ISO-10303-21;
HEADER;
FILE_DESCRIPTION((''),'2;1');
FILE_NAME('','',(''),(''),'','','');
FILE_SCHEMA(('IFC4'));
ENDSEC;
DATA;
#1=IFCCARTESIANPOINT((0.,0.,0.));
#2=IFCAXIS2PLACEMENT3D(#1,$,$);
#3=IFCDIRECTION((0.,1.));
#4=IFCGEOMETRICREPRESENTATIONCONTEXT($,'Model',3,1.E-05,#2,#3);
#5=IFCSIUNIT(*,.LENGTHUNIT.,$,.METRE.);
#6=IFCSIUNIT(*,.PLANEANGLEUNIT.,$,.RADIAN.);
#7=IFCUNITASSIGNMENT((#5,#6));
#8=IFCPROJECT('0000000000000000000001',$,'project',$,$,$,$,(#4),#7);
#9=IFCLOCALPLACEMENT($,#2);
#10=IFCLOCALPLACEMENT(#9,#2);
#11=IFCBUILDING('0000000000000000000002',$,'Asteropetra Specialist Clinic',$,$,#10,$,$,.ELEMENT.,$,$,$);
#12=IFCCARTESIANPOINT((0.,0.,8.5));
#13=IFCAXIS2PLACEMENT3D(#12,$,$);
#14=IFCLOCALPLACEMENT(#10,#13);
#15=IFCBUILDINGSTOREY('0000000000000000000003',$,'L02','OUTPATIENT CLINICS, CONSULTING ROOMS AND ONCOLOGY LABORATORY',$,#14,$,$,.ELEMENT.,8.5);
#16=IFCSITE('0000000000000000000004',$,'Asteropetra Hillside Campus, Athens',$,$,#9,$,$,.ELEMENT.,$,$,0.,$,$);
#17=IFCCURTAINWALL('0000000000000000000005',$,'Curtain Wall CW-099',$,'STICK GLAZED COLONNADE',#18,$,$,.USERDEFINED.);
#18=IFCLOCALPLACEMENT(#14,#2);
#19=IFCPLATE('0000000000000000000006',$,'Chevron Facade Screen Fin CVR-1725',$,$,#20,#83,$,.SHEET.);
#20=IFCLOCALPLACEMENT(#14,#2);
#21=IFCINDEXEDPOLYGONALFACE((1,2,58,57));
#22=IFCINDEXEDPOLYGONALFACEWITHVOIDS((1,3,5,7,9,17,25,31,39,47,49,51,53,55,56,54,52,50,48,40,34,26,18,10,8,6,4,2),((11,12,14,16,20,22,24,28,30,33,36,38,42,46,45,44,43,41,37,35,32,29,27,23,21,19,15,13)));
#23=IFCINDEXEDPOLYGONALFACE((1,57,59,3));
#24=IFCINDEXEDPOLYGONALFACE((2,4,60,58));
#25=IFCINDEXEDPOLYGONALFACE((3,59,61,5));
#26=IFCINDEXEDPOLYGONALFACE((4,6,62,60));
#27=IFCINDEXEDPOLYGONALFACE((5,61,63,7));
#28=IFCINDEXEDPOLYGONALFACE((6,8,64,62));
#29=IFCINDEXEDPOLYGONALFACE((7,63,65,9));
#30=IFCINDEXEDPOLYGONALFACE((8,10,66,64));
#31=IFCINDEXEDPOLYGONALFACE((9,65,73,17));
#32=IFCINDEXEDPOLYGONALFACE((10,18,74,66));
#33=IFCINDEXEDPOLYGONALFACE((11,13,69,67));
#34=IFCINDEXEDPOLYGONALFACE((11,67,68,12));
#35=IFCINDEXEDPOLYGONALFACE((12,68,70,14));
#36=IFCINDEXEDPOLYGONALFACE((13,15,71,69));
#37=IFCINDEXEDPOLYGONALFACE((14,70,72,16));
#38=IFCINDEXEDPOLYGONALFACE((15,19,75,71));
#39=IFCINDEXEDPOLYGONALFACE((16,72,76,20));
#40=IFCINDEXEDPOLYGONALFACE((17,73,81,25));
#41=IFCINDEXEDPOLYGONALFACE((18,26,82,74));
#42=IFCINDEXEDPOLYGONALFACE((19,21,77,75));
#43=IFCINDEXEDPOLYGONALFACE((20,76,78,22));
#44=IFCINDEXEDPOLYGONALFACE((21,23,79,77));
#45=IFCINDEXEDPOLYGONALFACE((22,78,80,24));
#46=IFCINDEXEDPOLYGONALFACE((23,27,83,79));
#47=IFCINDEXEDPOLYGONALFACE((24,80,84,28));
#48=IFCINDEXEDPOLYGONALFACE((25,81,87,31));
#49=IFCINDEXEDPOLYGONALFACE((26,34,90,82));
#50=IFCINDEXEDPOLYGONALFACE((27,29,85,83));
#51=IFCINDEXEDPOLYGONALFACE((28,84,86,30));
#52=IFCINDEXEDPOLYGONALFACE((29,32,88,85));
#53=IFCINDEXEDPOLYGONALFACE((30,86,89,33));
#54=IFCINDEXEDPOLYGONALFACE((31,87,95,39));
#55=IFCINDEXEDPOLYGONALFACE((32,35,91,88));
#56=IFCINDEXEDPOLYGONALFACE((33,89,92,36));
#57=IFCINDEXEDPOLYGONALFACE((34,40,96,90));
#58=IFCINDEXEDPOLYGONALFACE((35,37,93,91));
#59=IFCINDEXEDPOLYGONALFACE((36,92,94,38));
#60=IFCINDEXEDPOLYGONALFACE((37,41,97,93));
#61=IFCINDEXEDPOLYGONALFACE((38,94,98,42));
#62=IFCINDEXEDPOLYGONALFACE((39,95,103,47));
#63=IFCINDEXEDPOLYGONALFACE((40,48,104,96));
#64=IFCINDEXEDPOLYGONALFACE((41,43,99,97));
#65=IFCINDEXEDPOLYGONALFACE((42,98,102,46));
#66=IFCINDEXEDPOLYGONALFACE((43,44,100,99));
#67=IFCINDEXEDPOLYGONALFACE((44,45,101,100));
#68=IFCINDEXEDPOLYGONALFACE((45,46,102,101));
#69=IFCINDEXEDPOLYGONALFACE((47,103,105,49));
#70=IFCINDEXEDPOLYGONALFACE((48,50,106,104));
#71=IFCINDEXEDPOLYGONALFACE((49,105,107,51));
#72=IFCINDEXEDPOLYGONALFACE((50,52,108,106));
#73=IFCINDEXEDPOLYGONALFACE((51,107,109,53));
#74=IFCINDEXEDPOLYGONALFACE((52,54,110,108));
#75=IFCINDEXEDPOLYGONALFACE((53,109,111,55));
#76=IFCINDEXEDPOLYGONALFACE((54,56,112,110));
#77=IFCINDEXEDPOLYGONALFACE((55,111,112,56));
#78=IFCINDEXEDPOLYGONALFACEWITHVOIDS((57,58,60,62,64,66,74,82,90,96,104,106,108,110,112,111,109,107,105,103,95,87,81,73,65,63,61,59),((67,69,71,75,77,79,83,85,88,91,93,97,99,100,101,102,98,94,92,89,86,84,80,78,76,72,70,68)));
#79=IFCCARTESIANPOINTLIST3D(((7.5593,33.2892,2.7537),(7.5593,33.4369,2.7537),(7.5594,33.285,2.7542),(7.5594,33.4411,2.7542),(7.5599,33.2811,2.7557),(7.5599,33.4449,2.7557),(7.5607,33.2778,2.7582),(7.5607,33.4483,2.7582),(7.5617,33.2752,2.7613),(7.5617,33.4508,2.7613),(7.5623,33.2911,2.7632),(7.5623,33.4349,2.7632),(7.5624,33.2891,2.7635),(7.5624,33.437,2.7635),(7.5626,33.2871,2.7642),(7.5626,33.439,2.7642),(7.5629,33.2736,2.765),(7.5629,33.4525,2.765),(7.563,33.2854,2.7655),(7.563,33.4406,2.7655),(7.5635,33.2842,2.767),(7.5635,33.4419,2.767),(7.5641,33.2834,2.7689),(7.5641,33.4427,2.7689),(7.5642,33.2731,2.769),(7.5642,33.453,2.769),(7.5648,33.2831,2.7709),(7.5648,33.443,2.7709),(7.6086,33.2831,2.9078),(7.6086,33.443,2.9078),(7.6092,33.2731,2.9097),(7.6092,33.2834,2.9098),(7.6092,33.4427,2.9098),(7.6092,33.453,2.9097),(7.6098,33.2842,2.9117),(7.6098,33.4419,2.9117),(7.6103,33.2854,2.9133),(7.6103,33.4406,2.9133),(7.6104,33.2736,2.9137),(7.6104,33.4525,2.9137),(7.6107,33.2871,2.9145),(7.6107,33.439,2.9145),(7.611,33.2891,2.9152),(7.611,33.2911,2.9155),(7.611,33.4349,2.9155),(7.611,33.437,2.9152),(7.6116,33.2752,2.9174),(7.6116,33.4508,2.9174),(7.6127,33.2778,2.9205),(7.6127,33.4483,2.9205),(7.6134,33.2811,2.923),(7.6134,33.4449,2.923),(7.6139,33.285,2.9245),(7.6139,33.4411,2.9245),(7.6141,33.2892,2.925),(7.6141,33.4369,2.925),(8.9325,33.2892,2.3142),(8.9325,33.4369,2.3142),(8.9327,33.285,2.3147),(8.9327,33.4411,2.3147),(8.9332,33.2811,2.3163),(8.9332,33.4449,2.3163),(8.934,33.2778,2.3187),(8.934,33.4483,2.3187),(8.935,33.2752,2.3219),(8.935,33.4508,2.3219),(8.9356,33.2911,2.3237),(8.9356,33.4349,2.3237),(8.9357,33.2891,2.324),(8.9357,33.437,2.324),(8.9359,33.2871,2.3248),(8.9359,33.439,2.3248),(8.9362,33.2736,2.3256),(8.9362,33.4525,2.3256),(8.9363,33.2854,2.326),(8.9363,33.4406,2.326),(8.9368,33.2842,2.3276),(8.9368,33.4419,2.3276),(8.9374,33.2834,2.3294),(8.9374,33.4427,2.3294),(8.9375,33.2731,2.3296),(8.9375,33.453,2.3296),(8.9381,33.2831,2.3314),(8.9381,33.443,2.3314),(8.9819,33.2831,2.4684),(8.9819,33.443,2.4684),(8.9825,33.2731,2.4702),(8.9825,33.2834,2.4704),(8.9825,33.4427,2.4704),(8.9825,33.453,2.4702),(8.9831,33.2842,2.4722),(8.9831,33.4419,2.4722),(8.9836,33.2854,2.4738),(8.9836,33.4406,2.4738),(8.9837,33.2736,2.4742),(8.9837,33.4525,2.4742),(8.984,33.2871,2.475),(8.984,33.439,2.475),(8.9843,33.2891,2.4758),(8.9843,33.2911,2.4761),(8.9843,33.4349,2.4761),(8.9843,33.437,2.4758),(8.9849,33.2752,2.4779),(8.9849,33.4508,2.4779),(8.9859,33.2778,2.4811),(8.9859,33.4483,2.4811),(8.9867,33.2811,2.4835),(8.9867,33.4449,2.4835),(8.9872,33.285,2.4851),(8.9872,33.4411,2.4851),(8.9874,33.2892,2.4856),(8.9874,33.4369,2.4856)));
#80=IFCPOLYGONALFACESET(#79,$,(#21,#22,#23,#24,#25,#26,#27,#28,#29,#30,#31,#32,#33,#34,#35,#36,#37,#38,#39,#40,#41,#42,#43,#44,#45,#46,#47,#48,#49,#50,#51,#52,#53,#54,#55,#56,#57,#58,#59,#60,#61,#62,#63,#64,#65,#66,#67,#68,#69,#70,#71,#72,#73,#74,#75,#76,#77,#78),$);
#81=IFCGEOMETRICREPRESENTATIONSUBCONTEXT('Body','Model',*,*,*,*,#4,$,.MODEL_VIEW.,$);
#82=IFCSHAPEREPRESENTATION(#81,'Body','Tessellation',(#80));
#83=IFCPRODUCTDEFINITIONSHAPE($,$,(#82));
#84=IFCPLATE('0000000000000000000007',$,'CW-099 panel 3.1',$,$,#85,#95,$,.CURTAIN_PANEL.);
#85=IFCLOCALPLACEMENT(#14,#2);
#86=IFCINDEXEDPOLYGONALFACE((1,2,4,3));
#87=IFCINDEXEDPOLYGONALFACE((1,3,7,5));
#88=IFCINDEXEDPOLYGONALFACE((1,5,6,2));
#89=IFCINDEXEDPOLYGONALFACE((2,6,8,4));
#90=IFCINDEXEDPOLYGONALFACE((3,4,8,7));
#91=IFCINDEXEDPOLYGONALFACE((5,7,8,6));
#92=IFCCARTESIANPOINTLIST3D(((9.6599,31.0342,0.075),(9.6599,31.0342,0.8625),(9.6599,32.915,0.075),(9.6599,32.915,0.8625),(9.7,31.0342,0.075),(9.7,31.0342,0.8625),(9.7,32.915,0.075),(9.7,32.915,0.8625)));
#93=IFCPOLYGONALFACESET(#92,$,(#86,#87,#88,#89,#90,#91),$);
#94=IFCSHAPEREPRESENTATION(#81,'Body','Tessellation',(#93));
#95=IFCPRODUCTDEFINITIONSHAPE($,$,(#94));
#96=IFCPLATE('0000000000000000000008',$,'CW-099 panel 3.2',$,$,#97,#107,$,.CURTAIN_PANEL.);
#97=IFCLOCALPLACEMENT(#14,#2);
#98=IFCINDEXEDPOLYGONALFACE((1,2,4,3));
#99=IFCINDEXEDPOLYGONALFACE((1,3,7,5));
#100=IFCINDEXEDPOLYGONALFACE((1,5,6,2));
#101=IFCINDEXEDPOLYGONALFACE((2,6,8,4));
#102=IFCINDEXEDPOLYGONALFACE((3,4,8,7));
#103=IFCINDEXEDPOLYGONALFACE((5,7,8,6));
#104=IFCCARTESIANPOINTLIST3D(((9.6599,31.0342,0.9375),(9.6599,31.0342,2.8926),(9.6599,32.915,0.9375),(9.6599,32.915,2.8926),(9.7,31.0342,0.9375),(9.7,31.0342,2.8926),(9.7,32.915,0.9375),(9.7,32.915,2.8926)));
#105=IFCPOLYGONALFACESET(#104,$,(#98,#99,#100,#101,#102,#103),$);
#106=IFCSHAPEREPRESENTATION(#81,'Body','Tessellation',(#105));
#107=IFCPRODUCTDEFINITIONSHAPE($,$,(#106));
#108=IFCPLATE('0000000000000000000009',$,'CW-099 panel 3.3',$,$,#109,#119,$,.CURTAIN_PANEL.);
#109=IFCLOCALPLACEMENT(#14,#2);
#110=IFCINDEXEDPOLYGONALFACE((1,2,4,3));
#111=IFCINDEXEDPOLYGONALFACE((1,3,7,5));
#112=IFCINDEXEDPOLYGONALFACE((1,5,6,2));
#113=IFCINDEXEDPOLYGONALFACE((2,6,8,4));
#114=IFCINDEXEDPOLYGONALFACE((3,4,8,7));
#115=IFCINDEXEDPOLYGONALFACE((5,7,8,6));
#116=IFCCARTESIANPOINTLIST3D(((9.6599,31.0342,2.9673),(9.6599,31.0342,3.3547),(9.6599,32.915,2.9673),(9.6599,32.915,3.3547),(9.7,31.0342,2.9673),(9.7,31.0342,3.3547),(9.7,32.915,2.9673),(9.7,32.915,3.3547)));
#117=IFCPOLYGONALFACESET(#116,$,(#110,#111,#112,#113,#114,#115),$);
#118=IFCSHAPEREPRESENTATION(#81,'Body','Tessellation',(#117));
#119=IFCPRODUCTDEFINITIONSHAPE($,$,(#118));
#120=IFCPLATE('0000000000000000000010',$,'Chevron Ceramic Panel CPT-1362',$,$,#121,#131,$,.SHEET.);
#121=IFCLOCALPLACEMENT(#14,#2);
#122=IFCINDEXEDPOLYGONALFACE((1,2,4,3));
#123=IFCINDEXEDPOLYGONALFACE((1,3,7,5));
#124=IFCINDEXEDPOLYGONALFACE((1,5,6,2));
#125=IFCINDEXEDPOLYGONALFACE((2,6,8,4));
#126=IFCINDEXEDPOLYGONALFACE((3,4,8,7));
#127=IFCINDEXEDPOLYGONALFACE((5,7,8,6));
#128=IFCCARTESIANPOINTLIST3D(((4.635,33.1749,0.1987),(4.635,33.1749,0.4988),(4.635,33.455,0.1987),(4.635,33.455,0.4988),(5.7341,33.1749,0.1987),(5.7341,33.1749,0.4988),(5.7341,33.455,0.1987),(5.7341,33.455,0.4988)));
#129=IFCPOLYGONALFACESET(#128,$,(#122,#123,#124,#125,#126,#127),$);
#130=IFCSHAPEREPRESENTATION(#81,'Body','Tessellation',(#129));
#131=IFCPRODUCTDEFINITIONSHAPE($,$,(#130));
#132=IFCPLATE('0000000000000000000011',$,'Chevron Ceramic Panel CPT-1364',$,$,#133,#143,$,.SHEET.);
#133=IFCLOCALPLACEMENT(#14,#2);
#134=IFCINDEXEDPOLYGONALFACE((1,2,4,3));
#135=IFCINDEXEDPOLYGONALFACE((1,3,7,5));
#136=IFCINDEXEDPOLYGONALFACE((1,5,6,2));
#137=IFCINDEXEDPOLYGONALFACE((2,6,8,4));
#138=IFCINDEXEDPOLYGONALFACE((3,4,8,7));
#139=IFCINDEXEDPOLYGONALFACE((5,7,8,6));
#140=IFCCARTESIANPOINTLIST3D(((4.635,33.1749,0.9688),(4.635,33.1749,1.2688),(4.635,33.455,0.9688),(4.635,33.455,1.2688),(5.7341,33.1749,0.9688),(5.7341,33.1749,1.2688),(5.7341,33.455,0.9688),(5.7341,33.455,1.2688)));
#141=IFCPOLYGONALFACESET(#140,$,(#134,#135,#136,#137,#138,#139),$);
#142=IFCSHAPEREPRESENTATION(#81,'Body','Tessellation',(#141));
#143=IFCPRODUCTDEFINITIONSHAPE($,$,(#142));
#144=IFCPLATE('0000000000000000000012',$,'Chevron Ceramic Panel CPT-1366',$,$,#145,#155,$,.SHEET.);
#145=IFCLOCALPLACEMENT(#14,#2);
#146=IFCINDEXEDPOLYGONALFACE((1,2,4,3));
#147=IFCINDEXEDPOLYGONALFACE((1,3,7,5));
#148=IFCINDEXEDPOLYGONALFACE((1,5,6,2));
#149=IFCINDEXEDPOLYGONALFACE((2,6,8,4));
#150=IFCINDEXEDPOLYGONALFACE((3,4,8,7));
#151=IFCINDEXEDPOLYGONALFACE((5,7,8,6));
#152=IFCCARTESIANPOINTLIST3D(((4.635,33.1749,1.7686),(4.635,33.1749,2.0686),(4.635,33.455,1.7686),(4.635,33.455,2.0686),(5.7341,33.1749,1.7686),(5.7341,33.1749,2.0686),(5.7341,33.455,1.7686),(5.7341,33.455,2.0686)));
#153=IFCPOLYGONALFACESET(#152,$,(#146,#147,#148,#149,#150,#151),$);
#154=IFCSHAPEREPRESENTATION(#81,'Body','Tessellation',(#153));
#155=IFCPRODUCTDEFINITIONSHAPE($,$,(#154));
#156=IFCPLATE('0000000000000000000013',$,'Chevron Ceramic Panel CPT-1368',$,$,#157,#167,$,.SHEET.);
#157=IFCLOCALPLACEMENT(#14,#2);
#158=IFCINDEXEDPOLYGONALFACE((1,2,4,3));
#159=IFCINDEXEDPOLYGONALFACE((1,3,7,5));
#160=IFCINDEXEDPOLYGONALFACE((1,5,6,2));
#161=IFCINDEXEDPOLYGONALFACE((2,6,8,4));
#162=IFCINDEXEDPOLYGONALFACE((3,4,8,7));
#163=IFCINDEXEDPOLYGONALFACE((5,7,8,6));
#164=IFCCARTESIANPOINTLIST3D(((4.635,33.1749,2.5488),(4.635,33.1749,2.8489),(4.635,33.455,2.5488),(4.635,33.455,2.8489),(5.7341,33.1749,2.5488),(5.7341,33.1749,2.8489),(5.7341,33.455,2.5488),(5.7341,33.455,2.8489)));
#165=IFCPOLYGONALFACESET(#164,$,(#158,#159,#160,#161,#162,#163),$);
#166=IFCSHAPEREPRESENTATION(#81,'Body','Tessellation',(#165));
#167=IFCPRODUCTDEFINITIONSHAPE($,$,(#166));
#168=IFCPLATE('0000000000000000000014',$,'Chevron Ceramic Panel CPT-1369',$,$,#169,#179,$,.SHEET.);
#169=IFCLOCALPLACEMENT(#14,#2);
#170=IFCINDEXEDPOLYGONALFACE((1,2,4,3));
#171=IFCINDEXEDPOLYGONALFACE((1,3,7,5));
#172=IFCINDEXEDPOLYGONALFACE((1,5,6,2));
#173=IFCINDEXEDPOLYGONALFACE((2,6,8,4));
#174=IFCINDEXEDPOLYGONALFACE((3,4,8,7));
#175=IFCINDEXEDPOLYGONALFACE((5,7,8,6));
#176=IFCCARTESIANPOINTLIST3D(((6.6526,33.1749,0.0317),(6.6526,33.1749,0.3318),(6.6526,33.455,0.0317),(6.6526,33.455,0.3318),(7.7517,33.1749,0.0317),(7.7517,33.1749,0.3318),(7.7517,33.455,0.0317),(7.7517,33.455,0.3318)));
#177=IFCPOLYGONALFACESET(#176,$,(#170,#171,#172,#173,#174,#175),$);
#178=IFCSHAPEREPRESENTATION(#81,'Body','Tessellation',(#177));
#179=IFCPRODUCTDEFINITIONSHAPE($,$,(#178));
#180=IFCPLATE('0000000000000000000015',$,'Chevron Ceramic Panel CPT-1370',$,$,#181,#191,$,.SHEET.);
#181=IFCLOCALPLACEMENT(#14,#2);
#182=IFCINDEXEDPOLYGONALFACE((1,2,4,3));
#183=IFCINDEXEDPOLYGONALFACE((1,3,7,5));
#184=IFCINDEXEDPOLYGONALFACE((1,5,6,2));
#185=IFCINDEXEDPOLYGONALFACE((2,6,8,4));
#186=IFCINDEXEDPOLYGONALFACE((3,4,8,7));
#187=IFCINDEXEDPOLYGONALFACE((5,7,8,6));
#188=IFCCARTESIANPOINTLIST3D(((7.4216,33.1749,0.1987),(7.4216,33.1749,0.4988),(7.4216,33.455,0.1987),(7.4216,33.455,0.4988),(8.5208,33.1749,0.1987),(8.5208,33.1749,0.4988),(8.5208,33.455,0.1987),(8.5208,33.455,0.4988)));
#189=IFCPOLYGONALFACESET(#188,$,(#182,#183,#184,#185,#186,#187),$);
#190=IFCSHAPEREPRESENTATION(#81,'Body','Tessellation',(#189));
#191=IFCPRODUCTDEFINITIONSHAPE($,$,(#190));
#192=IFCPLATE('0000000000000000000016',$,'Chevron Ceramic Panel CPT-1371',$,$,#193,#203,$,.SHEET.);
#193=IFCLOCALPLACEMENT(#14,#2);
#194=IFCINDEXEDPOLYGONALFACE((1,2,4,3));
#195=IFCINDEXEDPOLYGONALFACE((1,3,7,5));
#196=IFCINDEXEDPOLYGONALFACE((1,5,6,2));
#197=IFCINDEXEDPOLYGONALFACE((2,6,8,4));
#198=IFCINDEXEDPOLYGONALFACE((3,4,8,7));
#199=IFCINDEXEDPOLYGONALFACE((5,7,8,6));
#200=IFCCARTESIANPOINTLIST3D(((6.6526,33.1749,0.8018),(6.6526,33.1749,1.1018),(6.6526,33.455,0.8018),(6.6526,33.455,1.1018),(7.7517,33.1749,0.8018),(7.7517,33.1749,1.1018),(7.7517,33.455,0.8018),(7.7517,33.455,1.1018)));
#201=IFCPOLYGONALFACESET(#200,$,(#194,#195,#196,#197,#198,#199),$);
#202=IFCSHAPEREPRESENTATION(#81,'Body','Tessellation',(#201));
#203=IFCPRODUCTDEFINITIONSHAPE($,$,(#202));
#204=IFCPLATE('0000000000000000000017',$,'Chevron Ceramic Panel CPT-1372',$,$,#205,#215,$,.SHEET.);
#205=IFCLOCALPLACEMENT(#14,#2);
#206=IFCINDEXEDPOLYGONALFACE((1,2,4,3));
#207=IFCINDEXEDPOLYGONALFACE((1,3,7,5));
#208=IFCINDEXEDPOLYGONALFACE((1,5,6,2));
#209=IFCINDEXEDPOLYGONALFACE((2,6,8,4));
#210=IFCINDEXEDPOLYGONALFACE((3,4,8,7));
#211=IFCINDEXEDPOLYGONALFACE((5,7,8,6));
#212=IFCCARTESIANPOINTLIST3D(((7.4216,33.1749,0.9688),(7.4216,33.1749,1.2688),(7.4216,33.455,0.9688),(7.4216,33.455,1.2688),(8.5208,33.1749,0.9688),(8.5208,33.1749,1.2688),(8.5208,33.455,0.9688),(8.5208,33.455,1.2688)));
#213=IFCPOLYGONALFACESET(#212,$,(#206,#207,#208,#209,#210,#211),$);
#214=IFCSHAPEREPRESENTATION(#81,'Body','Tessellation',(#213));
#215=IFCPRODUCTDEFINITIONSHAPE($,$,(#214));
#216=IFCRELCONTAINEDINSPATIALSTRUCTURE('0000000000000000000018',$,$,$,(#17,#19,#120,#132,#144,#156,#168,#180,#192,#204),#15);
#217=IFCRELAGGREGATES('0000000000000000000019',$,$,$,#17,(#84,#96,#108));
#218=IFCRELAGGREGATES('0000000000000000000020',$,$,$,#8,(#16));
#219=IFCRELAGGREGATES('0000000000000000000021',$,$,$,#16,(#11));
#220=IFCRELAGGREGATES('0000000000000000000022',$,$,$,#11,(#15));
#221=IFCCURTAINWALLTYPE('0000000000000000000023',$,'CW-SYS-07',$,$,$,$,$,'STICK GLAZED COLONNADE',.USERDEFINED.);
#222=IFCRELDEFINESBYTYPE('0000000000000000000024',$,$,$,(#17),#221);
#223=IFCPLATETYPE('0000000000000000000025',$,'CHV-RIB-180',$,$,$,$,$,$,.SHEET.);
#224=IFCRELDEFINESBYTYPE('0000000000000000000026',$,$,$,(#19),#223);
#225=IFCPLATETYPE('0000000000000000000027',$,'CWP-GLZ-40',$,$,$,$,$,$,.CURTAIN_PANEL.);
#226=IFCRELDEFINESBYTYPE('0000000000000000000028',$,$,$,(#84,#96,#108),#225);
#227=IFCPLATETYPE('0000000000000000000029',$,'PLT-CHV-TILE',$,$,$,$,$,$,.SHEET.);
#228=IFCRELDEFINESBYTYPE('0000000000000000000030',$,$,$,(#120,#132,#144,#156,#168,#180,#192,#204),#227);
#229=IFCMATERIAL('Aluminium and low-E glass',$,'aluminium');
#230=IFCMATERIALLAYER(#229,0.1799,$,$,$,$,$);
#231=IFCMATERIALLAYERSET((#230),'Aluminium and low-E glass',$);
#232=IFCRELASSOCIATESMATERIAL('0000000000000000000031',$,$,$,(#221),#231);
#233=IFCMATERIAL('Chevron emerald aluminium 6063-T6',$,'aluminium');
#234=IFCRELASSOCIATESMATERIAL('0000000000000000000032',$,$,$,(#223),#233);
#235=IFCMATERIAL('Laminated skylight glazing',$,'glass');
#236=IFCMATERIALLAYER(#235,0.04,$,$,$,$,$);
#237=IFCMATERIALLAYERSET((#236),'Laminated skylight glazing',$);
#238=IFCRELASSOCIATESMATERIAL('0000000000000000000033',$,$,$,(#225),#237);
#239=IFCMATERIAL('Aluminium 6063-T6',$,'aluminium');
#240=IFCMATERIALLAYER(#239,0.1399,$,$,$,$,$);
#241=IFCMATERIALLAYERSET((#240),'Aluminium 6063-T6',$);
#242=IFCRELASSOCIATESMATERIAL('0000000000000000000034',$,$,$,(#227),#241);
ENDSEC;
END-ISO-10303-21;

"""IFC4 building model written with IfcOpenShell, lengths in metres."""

from ifc_helpers import new_model, si_unit, direction, frame, origin, origin_2d, place, context, subcontext, project, spatial, rectangle, hollow_rectangle, extrude, material, layer, layer_set, material_profile, profile_set, type_object, element, aggregate, save


model = new_model("IFC4")

# Units and contexts
model_context = context("Model", 3, precision=1e-05, world=origin(), true_north=direction((0.0, 1.0)))
body_context = subcontext(model_context, "Body", "Model", "MODEL_VIEW")
ifc_project = project(units=[si_unit("LENGTHUNIT", "METRE"), si_unit("PLANEANGLEUNIT", "RADIAN")], contexts=[model_context])

# Site, building, storey
site_placement = place(None, origin())
site = spatial("IfcSite", under=ifc_project, at=site_placement, Name="Asteropetra Hillside Campus, Athens", CompositionType="ELEMENT", RefElevation=0.0)
building_placement = place(site_placement, origin())
building = spatial("IfcBuilding", under=site, at=building_placement, Name="Asteropetra Specialist Clinic", CompositionType="ELEMENT")
storey_placement = place(building_placement, frame((0.0, 0.0, 8.5)))
storey = spatial("IfcBuildingStorey", under=building, at=storey_placement, Name="L02", Description="OUTPATIENT CLINICS, CONSULTING ROOMS AND ONCOLOGY LABORATORY", CompositionType="ELEMENT", Elevation=8.5)

# Curtain wall
ifc_material_1 = material(Name="Aluminium and low-E glass", Category="aluminium")
ifc_layer_1 = layer(ifc_material_1, 0.1799)
ifc_layer_set_1 = layer_set([ifc_layer_1], Name="Aluminium and low-E glass")
curtain_wall_type = type_object("IfcCurtainWallType", Name="CW-SYS-07", ElementType="STICK GLAZED COLONNADE", PredefinedType="USERDEFINED", material=ifc_layer_set_1)
curtain_wall_placement = place(storey_placement, origin())
curtain_wall = element("IfcCurtainWall", 1, at=curtain_wall_placement, inside=storey, type_object=curtain_wall_type, Name="Curtain Wall CW-099", ObjectType="STICK GLAZED COLONNADE", PredefinedType="USERDEFINED")

# Plate
ifc_material_2 = material(Name="Chevron emerald aluminium 6063-T6", Category="aluminium")
ifc_material_profile_1 = material_profile(ifc_material_2, hollow_rectangle(XDim=0.1799, YDim=0.1799, WallThickness=0.01, InnerFilletRadius=0.0081, OuterFilletRadius=0.0161, at=origin_2d()), Name="SHS 180x180x10.0")
ifc_profile_set_1 = profile_set([ifc_material_profile_1], Name="Chevron emerald aluminium 6063-T6")
plate_type_1 = type_object("IfcPlateType", Name="CHV-RIB-180", PredefinedType="SHEET", material=ifc_profile_set_1)
for number, where, z_axis, x_axis, name in (
    (2, (7.5867, 33.363, 2.8394), (0.952424, 0.0, -0.304776), (0.0, 1.0, 0.0), "Chevron Facade Screen Fin CVR-1725"),
):
    element("IfcPlate", number, at=place(storey_placement, frame(where, z_axis=z_axis, x_axis=x_axis)), inside=storey, type_object=plate_type_1, Name=name, PredefinedType="SHEET", context=body_context, shape_type="SweptSolid", body=[
        extrude(hollow_rectangle(XDim=0.1799, YDim=0.1799, WallThickness=0.01, InnerFilletRadius=0.0081, OuterFilletRadius=0.0161, at=origin_2d()), origin(), (0.0, 0.0, 1.0), 1.4419),
    ])

# Plates
ifc_material_3 = material(Name="Laminated skylight glazing", Category="glass")
ifc_layer_2 = layer(ifc_material_3, 0.04)
ifc_layer_set_2 = layer_set([ifc_layer_2], Name="Laminated skylight glazing")
plate_type_2 = type_object("IfcPlateType", Name="CWP-GLZ-40", PredefinedType="CURTAIN_PANEL", material=ifc_layer_set_2)
plate_1_placement = place(storey_placement, frame((9.6799, 31.9746, 0.075), z_axis=(0.0, 0.0, 1.0), x_axis=(0.0, 1.0, 0.0)))
plate_1 = element("IfcPlate", 3, at=plate_1_placement, type_object=plate_type_2, Name="CW-099 panel 3.1", PredefinedType="CURTAIN_PANEL", context=body_context, shape_type="SweptSolid", body=[
    extrude(rectangle(XDim=1.8809, YDim=0.04, at=origin_2d()), origin(), (0.0, 0.0, 1.0), 0.7876),
])
plate_2_placement = place(storey_placement, frame((9.6799, 31.9746, 0.9375), z_axis=(0.0, 0.0, 1.0), x_axis=(0.0, 1.0, 0.0)))
plate_2 = element("IfcPlate", 4, at=plate_2_placement, type_object=plate_type_2, Name="CW-099 panel 3.2", PredefinedType="CURTAIN_PANEL", context=body_context, shape_type="SweptSolid", body=[
    extrude(rectangle(XDim=1.8809, YDim=0.04, at=origin_2d()), origin(), (0.0, 0.0, 1.0), 1.9551),
])
plate_3_placement = place(storey_placement, frame((9.6799, 31.9746, 2.9673), z_axis=(0.0, 0.0, 1.0), x_axis=(0.0, 1.0, 0.0)))
plate_3 = element("IfcPlate", 5, at=plate_3_placement, type_object=plate_type_2, Name="CW-099 panel 3.3", PredefinedType="CURTAIN_PANEL", context=body_context, shape_type="SweptSolid", body=[
    extrude(rectangle(XDim=1.8809, YDim=0.04, at=origin_2d()), origin(), (0.0, 0.0, 1.0), 0.3875),
])
aggregate(curtain_wall, [plate_1, plate_2, plate_3])

# Plates
ifc_material_4 = material(Name="Aluminium 6063-T6", Category="aluminium")
ifc_layer_3 = layer(ifc_material_4, 0.1399)
ifc_layer_set_3 = layer_set([ifc_layer_3], Name="Aluminium 6063-T6")
plate_type_3 = type_object("IfcPlateType", Name="PLT-CHV-TILE", PredefinedType="SHEET", material=ifc_layer_set_3)
for number, where, z_axis, x_axis, name in (
    (6, (5.1846, 33.3149, 0.1987), (0.0, 0.0, 1.0), (1.0, 0.0, 0.0), "Chevron Ceramic Panel CPT-1362"),
    (7, (5.1846, 33.3149, 0.9688), (0.0, 0.0, 1.0), (1.0, 0.0, 0.0), "Chevron Ceramic Panel CPT-1364"),
    (8, (5.1846, 33.3149, 1.7686), (0.0, 0.0, 1.0), (1.0, 0.0, 0.0), "Chevron Ceramic Panel CPT-1366"),
    (9, (5.1846, 33.3149, 2.5488), (0.0, 0.0, 1.0), (1.0, 0.0, 0.0), "Chevron Ceramic Panel CPT-1368"),
    (10, (7.2021, 33.3149, 0.0317), (0.0, 0.0, 1.0), (1.0, 0.0, 0.0), "Chevron Ceramic Panel CPT-1369"),
    (11, (7.9712, 33.3149, 0.1987), (0.0, 0.0, 1.0), (1.0, 0.0, 0.0), "Chevron Ceramic Panel CPT-1370"),
    (12, (7.2021, 33.3149, 0.8018), (0.0, 0.0, 1.0), (1.0, 0.0, 0.0), "Chevron Ceramic Panel CPT-1371"),
    (13, (7.9712, 33.3149, 0.9688), (0.0, 0.0, 1.0), (1.0, 0.0, 0.0), "Chevron Ceramic Panel CPT-1372"),
):
    element("IfcPlate", number, at=place(storey_placement, frame(where, z_axis=z_axis, x_axis=x_axis)), inside=storey, type_object=plate_type_3, Name=name, PredefinedType="SHEET", context=body_context, shape_type="SweptSolid", body=[
        extrude(rectangle(XDim=1.0991, YDim=0.28, at=origin_2d()), origin(), (0.0, 0.0, 1.0), 0.3),
    ])

save(model, "model.ifc")
